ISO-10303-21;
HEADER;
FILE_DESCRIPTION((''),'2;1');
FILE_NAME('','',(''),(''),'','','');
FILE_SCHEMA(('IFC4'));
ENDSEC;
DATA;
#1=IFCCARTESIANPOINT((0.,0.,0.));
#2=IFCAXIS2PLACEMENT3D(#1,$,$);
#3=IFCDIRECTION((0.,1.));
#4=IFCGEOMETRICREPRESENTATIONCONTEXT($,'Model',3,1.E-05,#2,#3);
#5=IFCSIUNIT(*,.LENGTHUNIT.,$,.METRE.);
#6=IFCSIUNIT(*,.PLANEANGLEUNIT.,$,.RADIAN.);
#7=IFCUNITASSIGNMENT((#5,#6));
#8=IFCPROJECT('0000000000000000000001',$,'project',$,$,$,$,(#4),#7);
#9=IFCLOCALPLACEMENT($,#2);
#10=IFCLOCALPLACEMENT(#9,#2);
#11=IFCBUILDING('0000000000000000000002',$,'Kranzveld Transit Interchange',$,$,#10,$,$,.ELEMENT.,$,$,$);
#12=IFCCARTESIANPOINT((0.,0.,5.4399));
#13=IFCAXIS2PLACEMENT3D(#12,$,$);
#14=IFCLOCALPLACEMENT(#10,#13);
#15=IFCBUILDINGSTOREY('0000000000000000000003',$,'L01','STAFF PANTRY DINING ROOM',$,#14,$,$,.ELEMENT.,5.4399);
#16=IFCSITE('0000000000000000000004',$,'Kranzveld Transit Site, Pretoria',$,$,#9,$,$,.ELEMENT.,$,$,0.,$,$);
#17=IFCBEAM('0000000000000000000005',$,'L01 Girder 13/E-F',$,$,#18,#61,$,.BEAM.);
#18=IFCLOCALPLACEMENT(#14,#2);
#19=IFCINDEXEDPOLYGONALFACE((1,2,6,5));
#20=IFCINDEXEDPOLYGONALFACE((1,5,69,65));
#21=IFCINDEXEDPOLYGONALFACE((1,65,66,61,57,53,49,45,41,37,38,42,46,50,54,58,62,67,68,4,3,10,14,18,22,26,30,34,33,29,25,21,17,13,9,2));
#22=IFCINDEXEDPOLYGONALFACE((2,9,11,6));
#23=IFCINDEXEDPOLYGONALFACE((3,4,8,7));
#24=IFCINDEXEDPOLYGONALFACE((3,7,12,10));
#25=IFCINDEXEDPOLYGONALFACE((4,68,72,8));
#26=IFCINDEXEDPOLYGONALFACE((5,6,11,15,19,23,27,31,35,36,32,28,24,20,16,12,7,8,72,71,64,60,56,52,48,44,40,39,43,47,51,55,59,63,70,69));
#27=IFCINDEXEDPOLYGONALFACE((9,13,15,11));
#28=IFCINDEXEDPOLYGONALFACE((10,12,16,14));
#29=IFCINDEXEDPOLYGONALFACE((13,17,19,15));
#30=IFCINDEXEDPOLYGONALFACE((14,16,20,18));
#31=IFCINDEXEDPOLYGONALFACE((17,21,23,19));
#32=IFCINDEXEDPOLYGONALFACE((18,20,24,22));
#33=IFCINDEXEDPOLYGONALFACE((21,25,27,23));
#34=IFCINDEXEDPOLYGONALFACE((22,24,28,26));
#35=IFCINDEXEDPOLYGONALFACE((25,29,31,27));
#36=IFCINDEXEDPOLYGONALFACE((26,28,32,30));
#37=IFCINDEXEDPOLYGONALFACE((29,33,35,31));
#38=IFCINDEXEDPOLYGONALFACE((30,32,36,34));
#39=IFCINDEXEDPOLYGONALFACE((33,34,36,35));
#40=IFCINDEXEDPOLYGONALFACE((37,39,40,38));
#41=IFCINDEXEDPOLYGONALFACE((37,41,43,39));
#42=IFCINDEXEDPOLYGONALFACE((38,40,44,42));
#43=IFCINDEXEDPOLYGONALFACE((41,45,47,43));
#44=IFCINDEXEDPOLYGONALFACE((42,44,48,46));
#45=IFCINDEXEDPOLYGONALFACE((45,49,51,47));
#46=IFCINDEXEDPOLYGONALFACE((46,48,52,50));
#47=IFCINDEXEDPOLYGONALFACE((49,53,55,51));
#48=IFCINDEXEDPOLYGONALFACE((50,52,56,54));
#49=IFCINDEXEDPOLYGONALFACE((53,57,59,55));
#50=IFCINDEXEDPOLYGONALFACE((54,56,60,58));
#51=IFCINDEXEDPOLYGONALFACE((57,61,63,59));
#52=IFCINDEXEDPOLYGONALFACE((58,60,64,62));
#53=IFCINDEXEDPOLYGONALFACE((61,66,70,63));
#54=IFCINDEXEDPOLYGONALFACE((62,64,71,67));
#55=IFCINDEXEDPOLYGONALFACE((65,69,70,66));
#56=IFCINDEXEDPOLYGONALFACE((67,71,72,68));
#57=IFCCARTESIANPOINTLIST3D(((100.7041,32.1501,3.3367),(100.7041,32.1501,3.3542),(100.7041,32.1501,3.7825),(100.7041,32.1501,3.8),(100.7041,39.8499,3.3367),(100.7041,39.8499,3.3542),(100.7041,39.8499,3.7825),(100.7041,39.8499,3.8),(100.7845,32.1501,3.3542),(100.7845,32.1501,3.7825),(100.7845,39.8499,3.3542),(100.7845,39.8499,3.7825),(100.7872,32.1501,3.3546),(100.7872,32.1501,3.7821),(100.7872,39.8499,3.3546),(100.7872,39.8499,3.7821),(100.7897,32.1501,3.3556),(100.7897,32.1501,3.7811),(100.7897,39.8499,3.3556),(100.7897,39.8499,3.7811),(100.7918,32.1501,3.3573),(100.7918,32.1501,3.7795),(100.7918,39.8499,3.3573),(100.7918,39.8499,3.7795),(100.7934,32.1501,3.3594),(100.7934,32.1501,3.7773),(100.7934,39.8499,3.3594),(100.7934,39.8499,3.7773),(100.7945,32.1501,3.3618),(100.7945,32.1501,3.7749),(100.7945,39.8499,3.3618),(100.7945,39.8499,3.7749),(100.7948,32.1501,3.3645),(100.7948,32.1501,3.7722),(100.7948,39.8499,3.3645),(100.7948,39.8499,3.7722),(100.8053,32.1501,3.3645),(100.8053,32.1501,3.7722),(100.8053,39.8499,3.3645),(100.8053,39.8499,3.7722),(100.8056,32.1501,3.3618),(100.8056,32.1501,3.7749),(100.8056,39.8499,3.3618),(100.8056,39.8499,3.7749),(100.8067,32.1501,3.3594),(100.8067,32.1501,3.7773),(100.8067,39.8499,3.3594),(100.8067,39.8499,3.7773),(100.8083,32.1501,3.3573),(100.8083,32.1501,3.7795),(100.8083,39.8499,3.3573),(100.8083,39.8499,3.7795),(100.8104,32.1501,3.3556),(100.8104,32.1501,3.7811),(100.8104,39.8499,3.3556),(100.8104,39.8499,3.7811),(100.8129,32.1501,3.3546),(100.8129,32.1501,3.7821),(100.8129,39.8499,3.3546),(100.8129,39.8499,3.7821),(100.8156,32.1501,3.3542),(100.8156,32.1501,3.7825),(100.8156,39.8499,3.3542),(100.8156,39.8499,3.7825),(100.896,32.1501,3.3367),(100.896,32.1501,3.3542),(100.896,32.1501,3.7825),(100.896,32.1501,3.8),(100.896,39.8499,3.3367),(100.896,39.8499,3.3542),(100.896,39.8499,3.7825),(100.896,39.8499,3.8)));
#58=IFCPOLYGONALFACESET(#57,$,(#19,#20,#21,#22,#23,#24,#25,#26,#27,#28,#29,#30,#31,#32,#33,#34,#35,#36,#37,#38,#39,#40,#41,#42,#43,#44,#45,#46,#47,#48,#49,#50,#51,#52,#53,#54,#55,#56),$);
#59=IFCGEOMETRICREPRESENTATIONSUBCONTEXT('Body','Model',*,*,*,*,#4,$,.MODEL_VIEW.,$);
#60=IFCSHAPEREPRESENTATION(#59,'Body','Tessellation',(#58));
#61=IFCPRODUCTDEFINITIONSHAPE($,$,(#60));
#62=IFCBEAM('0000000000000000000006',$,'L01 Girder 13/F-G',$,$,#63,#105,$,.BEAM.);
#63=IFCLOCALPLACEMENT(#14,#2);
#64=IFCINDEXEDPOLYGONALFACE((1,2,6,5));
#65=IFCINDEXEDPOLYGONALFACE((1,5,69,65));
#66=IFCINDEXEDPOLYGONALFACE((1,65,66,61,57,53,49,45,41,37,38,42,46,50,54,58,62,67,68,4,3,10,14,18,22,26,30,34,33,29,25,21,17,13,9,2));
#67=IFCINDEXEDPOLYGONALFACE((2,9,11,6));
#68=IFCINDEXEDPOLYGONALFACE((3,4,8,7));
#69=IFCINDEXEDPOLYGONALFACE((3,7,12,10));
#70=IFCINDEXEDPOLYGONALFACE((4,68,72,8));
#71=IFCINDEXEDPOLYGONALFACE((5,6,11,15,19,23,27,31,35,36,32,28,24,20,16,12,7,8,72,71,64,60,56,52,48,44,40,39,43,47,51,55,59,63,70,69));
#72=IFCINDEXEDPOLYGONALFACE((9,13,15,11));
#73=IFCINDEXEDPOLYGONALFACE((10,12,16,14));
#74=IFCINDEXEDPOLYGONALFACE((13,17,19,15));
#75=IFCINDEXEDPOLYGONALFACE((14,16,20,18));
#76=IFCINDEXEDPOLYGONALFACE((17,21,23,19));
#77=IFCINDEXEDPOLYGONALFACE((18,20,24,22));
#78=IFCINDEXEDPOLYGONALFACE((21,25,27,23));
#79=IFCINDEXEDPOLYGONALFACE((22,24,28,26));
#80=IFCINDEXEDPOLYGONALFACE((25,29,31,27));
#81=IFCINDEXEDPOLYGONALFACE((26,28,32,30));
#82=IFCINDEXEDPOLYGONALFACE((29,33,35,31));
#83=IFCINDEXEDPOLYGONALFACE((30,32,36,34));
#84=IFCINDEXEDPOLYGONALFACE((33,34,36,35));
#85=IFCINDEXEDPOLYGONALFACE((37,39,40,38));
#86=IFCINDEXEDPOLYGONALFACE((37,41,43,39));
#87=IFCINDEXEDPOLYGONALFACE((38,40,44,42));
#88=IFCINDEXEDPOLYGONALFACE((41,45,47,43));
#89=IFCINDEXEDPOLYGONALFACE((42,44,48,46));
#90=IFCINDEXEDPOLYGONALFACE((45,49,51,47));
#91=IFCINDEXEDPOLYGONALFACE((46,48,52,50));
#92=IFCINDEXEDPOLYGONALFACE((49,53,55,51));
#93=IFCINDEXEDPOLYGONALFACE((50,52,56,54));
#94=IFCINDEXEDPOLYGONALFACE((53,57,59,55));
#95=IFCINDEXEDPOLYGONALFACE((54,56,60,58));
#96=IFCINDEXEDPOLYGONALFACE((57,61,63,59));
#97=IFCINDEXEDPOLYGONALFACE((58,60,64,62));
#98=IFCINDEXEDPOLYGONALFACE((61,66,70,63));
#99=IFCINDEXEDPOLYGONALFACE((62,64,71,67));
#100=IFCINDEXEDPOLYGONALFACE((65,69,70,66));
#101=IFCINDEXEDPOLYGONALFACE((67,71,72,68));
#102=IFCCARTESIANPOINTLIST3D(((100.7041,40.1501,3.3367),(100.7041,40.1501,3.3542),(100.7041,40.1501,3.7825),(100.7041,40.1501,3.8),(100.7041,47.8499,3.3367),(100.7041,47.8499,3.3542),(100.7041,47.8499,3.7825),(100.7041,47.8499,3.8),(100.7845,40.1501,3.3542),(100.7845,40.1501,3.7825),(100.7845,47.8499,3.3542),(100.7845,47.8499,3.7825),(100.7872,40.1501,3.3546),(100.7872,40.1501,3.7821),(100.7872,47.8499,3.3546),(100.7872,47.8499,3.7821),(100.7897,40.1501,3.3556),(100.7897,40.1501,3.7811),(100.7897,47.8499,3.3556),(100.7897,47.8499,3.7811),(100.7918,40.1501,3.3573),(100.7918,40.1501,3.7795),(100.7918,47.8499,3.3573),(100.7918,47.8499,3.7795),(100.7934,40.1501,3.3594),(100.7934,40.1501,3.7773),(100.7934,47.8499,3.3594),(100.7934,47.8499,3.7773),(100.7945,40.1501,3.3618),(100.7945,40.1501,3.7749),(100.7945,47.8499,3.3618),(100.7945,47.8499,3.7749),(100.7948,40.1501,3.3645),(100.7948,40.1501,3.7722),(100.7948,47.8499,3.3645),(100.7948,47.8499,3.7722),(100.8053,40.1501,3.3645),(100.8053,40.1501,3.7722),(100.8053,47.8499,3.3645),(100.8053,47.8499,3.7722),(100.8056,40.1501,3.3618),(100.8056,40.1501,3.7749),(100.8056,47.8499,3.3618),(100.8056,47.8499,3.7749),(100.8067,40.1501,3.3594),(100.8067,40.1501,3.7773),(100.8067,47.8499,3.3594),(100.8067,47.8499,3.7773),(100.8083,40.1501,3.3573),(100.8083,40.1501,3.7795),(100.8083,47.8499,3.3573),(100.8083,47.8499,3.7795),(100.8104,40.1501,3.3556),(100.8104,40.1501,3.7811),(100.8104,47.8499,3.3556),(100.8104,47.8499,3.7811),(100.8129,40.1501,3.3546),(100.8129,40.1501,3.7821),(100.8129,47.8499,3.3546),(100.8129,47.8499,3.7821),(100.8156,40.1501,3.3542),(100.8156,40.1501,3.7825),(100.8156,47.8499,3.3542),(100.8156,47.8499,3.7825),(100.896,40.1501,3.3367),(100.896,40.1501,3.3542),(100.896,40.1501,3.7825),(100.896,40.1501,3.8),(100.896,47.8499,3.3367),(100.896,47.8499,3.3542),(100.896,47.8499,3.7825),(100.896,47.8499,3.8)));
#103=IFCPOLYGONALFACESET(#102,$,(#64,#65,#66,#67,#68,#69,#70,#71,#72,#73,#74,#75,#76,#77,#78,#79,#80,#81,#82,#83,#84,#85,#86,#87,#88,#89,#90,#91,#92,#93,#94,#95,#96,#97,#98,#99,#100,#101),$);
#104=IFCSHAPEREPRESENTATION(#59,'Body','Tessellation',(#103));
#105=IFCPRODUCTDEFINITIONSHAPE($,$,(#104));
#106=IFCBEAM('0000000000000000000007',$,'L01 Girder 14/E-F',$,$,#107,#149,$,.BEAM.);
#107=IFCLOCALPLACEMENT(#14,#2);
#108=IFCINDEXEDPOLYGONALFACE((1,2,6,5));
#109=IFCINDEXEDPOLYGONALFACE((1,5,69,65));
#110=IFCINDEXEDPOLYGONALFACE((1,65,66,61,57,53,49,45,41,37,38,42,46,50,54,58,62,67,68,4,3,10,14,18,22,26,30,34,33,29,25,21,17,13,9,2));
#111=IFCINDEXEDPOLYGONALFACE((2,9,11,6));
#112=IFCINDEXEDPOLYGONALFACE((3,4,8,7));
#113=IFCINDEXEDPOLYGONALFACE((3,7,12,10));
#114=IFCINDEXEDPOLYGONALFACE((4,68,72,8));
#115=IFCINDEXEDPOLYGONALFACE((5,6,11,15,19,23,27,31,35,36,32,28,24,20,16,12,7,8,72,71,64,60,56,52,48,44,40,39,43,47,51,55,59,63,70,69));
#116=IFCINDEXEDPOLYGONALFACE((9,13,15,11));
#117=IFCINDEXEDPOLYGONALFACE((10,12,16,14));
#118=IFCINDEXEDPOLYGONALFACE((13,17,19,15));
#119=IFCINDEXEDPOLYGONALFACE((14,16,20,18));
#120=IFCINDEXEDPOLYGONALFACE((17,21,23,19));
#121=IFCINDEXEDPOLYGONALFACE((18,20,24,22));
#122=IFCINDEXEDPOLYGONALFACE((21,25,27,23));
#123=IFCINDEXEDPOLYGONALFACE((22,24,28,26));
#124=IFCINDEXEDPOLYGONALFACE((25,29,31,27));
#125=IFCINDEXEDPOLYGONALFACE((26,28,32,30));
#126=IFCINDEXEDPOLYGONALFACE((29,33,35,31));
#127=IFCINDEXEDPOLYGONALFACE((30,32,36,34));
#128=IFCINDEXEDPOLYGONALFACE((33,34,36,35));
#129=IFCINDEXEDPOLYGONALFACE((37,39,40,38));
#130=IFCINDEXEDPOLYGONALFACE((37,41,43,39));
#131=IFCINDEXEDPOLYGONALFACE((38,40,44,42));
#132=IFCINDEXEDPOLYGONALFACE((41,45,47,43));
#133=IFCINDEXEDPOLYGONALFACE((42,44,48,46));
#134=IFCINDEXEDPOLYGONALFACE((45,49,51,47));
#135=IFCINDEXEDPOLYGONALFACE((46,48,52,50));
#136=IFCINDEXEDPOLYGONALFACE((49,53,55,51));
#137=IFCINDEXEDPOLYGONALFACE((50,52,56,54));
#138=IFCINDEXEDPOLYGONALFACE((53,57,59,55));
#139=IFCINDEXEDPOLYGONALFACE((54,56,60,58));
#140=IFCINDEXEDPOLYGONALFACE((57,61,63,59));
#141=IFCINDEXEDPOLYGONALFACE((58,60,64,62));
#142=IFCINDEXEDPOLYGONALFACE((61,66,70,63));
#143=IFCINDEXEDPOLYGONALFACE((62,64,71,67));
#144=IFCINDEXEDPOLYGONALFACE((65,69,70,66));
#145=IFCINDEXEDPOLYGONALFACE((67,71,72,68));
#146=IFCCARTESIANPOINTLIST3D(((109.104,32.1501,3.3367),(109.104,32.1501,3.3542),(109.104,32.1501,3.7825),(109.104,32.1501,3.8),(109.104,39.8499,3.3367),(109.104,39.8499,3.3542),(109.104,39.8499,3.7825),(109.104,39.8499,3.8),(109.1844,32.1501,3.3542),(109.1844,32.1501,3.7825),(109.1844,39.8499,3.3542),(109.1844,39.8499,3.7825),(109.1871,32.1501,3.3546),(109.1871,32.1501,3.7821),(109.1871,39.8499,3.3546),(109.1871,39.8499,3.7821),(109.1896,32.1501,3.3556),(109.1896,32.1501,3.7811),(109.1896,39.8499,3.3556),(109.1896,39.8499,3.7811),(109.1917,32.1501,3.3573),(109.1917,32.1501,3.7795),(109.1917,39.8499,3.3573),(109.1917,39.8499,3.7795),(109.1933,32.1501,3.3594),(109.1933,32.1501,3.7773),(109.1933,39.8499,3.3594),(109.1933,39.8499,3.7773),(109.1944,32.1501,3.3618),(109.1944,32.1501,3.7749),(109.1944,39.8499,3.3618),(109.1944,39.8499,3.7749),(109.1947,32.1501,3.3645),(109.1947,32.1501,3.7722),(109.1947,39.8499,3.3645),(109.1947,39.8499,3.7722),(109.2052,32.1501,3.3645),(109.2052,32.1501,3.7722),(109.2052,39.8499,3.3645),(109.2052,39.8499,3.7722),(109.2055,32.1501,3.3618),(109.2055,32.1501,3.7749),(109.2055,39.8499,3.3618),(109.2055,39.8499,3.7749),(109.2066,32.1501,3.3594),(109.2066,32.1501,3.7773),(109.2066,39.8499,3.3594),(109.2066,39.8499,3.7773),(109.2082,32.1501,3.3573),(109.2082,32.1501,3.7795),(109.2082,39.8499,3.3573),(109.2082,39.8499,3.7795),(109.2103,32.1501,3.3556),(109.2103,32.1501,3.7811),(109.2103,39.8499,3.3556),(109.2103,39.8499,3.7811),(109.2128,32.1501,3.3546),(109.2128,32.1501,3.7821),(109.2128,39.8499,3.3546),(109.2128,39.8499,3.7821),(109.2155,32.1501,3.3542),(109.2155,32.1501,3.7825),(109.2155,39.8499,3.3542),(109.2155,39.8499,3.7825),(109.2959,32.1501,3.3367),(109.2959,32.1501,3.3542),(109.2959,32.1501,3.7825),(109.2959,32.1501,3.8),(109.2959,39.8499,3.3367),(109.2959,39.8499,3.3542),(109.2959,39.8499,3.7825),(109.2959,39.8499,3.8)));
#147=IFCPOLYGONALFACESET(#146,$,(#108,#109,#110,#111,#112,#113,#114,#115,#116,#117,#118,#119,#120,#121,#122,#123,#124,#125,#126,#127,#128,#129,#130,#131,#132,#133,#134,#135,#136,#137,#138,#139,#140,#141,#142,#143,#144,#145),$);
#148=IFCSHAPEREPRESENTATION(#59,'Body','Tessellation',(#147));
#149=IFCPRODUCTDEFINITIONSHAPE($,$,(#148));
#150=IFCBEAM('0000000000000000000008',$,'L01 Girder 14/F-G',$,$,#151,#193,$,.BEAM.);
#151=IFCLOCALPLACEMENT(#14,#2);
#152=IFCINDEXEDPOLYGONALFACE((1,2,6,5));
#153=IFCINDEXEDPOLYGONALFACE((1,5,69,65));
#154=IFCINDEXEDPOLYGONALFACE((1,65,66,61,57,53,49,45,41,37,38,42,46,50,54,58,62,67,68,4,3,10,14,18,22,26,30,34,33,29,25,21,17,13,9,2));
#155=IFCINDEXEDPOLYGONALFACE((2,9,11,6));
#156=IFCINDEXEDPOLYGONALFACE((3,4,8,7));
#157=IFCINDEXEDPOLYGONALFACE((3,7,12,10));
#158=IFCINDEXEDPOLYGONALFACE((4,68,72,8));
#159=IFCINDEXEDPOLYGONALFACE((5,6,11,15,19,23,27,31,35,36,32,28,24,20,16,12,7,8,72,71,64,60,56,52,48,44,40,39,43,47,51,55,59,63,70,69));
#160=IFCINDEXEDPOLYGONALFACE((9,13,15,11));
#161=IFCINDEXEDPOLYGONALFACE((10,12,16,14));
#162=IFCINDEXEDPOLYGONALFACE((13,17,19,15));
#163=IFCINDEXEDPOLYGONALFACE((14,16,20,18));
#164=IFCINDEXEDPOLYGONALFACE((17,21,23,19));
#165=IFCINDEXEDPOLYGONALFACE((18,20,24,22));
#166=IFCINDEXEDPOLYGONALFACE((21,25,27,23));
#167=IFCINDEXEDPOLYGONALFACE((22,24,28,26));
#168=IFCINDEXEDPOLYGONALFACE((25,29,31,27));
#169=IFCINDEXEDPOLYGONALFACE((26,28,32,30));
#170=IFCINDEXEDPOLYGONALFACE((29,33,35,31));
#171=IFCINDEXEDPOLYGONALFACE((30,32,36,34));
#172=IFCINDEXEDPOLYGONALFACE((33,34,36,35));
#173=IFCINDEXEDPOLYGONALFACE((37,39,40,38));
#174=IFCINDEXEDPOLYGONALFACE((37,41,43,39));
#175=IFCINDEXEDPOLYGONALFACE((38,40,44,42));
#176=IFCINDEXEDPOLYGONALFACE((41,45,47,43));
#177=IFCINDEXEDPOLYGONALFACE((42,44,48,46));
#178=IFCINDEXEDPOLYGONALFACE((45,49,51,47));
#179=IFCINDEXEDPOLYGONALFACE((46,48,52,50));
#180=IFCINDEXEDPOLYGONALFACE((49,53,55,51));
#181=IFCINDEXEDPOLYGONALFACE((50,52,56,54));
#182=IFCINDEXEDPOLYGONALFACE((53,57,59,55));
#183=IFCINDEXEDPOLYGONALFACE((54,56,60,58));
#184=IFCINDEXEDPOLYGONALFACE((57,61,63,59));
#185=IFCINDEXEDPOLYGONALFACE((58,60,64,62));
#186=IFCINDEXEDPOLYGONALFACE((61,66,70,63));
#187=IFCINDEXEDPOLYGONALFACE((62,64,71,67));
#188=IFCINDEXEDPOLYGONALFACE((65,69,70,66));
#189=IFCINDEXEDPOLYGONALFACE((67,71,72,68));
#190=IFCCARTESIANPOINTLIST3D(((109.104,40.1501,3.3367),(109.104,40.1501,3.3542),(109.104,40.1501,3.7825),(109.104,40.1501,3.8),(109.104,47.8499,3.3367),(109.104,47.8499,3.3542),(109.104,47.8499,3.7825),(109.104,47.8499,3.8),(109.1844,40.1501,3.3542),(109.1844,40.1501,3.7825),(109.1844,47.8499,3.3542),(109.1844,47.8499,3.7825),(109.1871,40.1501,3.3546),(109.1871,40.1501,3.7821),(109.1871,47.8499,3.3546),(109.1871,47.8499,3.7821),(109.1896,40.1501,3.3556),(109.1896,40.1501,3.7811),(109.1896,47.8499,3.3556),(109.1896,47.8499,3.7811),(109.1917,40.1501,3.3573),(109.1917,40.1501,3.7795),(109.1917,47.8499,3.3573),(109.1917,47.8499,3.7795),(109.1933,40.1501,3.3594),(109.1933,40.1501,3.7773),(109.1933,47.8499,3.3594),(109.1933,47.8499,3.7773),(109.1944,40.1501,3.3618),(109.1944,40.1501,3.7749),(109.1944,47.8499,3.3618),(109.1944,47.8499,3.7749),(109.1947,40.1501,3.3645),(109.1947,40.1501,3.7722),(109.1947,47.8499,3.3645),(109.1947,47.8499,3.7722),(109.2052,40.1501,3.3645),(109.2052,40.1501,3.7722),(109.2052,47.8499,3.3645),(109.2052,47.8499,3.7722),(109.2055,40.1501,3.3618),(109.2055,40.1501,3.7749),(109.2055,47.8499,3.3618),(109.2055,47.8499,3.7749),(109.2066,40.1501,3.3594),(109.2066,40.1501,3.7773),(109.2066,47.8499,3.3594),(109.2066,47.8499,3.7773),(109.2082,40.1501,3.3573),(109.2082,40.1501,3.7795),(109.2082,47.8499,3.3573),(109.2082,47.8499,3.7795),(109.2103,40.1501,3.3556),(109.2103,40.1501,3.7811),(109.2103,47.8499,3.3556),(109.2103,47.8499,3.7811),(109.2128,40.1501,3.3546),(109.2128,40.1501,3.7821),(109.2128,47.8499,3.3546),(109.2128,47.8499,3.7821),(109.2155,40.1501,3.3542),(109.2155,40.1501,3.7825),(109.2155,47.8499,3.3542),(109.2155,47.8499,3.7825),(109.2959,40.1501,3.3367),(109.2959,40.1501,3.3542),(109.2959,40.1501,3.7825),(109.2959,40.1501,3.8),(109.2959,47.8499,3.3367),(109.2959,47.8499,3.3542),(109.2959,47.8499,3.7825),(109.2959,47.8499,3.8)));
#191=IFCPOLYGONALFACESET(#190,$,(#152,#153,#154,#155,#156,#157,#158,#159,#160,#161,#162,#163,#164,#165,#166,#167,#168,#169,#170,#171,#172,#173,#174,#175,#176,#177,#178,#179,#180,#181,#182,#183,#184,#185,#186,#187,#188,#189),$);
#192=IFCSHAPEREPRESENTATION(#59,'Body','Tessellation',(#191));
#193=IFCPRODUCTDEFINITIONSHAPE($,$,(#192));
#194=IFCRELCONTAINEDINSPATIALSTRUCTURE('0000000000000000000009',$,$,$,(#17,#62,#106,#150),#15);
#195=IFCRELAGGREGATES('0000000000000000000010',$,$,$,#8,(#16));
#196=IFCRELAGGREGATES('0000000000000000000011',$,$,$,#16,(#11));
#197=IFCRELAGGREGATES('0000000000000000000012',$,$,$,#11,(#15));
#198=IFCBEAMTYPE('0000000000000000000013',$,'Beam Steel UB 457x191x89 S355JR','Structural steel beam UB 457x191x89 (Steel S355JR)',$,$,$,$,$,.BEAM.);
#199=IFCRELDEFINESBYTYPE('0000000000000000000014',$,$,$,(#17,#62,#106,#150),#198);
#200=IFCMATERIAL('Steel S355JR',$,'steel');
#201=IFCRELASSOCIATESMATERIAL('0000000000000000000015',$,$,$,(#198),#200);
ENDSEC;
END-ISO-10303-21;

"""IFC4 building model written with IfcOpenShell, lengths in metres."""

from ifc_helpers import new_model, si_unit, direction, frame, origin, origin_2d, place, context, subcontext, project, spatial, i_section, extrude, material, material_profile, profile_set, type_object, element, save


model = new_model("IFC4")

# Units and contexts
model_context = context("Model", 3, precision=1e-05, world=origin(), true_north=direction((0.0, 1.0)))
body_context = subcontext(model_context, "Body", "Model", "MODEL_VIEW")
ifc_project = project(units=[si_unit("LENGTHUNIT", "METRE"), si_unit("PLANEANGLEUNIT", "RADIAN")], contexts=[model_context])

# Site, building, storey
site_placement = place(None, origin())
site = spatial("IfcSite", under=ifc_project, at=site_placement, Name="Kranzveld Transit Site, Pretoria", CompositionType="ELEMENT", RefElevation=0.0)
building_placement = place(site_placement, origin())
building = spatial("IfcBuilding", under=site, at=building_placement, Name="Kranzveld Transit Interchange", CompositionType="ELEMENT")
storey_placement = place(building_placement, frame((0.0, 0.0, 5.4399)))
storey = spatial("IfcBuildingStorey", under=building, at=storey_placement, Name="L01", Description="STAFF PANTRY DINING ROOM", CompositionType="ELEMENT", Elevation=5.4399)

# Beams
ifc_material_1 = material(Name="Steel S355JR", Category="steel")
ifc_material_profile_1 = material_profile(ifc_material_1, i_section(OverallWidth=0.1919, OverallDepth=0.4634, WebThickness=0.0105, FlangeThickness=0.0176, FilletRadius=0.0103, at=origin_2d()), Name="UB 457x191x89")
ifc_profile_set_1 = profile_set([ifc_material_profile_1], Name="Steel S355JR")
beam_type_1 = type_object("IfcBeamType", Name="Beam Steel UB 457x191x89 S355JR", Description="Structural steel beam UB 457x191x89 (Steel S355JR)", PredefinedType="BEAM", material=ifc_profile_set_1)
for number, where, z_axis, x_axis, name in (
    (1, (100.8, 32.1501, 3.5684), (0.0, 1.0, 0.0), (-1.0, 0.0, 0.0), "L01 Girder 13/E-F"),
    (2, (100.8, 40.1501, 3.5684), (0.0, 1.0, 0.0), (-1.0, 0.0, 0.0), "L01 Girder 13/F-G"),
    (3, (109.2, 32.1501, 3.5684), (0.0, 1.0, 0.0), (-1.0, 0.0, 0.0), "L01 Girder 14/E-F"),
    (4, (109.2, 40.1501, 3.5684), (0.0, 1.0, 0.0), (-1.0, 0.0, 0.0), "L01 Girder 14/F-G"),
):
    element("IfcBeam", number, at=place(storey_placement, frame(where, z_axis=z_axis, x_axis=x_axis)), inside=storey, type_object=beam_type_1, Name=name, PredefinedType="BEAM", context=body_context, shape_type="SweptSolid", body=[
        extrude(i_section(OverallWidth=0.1919, OverallDepth=0.4634, WebThickness=0.0105, FlangeThickness=0.0176, FilletRadius=0.0103, at=origin_2d()), origin(), (0.0, 0.0, 1.0), 7.6997),
    ])

save(model, "model.ifc")
